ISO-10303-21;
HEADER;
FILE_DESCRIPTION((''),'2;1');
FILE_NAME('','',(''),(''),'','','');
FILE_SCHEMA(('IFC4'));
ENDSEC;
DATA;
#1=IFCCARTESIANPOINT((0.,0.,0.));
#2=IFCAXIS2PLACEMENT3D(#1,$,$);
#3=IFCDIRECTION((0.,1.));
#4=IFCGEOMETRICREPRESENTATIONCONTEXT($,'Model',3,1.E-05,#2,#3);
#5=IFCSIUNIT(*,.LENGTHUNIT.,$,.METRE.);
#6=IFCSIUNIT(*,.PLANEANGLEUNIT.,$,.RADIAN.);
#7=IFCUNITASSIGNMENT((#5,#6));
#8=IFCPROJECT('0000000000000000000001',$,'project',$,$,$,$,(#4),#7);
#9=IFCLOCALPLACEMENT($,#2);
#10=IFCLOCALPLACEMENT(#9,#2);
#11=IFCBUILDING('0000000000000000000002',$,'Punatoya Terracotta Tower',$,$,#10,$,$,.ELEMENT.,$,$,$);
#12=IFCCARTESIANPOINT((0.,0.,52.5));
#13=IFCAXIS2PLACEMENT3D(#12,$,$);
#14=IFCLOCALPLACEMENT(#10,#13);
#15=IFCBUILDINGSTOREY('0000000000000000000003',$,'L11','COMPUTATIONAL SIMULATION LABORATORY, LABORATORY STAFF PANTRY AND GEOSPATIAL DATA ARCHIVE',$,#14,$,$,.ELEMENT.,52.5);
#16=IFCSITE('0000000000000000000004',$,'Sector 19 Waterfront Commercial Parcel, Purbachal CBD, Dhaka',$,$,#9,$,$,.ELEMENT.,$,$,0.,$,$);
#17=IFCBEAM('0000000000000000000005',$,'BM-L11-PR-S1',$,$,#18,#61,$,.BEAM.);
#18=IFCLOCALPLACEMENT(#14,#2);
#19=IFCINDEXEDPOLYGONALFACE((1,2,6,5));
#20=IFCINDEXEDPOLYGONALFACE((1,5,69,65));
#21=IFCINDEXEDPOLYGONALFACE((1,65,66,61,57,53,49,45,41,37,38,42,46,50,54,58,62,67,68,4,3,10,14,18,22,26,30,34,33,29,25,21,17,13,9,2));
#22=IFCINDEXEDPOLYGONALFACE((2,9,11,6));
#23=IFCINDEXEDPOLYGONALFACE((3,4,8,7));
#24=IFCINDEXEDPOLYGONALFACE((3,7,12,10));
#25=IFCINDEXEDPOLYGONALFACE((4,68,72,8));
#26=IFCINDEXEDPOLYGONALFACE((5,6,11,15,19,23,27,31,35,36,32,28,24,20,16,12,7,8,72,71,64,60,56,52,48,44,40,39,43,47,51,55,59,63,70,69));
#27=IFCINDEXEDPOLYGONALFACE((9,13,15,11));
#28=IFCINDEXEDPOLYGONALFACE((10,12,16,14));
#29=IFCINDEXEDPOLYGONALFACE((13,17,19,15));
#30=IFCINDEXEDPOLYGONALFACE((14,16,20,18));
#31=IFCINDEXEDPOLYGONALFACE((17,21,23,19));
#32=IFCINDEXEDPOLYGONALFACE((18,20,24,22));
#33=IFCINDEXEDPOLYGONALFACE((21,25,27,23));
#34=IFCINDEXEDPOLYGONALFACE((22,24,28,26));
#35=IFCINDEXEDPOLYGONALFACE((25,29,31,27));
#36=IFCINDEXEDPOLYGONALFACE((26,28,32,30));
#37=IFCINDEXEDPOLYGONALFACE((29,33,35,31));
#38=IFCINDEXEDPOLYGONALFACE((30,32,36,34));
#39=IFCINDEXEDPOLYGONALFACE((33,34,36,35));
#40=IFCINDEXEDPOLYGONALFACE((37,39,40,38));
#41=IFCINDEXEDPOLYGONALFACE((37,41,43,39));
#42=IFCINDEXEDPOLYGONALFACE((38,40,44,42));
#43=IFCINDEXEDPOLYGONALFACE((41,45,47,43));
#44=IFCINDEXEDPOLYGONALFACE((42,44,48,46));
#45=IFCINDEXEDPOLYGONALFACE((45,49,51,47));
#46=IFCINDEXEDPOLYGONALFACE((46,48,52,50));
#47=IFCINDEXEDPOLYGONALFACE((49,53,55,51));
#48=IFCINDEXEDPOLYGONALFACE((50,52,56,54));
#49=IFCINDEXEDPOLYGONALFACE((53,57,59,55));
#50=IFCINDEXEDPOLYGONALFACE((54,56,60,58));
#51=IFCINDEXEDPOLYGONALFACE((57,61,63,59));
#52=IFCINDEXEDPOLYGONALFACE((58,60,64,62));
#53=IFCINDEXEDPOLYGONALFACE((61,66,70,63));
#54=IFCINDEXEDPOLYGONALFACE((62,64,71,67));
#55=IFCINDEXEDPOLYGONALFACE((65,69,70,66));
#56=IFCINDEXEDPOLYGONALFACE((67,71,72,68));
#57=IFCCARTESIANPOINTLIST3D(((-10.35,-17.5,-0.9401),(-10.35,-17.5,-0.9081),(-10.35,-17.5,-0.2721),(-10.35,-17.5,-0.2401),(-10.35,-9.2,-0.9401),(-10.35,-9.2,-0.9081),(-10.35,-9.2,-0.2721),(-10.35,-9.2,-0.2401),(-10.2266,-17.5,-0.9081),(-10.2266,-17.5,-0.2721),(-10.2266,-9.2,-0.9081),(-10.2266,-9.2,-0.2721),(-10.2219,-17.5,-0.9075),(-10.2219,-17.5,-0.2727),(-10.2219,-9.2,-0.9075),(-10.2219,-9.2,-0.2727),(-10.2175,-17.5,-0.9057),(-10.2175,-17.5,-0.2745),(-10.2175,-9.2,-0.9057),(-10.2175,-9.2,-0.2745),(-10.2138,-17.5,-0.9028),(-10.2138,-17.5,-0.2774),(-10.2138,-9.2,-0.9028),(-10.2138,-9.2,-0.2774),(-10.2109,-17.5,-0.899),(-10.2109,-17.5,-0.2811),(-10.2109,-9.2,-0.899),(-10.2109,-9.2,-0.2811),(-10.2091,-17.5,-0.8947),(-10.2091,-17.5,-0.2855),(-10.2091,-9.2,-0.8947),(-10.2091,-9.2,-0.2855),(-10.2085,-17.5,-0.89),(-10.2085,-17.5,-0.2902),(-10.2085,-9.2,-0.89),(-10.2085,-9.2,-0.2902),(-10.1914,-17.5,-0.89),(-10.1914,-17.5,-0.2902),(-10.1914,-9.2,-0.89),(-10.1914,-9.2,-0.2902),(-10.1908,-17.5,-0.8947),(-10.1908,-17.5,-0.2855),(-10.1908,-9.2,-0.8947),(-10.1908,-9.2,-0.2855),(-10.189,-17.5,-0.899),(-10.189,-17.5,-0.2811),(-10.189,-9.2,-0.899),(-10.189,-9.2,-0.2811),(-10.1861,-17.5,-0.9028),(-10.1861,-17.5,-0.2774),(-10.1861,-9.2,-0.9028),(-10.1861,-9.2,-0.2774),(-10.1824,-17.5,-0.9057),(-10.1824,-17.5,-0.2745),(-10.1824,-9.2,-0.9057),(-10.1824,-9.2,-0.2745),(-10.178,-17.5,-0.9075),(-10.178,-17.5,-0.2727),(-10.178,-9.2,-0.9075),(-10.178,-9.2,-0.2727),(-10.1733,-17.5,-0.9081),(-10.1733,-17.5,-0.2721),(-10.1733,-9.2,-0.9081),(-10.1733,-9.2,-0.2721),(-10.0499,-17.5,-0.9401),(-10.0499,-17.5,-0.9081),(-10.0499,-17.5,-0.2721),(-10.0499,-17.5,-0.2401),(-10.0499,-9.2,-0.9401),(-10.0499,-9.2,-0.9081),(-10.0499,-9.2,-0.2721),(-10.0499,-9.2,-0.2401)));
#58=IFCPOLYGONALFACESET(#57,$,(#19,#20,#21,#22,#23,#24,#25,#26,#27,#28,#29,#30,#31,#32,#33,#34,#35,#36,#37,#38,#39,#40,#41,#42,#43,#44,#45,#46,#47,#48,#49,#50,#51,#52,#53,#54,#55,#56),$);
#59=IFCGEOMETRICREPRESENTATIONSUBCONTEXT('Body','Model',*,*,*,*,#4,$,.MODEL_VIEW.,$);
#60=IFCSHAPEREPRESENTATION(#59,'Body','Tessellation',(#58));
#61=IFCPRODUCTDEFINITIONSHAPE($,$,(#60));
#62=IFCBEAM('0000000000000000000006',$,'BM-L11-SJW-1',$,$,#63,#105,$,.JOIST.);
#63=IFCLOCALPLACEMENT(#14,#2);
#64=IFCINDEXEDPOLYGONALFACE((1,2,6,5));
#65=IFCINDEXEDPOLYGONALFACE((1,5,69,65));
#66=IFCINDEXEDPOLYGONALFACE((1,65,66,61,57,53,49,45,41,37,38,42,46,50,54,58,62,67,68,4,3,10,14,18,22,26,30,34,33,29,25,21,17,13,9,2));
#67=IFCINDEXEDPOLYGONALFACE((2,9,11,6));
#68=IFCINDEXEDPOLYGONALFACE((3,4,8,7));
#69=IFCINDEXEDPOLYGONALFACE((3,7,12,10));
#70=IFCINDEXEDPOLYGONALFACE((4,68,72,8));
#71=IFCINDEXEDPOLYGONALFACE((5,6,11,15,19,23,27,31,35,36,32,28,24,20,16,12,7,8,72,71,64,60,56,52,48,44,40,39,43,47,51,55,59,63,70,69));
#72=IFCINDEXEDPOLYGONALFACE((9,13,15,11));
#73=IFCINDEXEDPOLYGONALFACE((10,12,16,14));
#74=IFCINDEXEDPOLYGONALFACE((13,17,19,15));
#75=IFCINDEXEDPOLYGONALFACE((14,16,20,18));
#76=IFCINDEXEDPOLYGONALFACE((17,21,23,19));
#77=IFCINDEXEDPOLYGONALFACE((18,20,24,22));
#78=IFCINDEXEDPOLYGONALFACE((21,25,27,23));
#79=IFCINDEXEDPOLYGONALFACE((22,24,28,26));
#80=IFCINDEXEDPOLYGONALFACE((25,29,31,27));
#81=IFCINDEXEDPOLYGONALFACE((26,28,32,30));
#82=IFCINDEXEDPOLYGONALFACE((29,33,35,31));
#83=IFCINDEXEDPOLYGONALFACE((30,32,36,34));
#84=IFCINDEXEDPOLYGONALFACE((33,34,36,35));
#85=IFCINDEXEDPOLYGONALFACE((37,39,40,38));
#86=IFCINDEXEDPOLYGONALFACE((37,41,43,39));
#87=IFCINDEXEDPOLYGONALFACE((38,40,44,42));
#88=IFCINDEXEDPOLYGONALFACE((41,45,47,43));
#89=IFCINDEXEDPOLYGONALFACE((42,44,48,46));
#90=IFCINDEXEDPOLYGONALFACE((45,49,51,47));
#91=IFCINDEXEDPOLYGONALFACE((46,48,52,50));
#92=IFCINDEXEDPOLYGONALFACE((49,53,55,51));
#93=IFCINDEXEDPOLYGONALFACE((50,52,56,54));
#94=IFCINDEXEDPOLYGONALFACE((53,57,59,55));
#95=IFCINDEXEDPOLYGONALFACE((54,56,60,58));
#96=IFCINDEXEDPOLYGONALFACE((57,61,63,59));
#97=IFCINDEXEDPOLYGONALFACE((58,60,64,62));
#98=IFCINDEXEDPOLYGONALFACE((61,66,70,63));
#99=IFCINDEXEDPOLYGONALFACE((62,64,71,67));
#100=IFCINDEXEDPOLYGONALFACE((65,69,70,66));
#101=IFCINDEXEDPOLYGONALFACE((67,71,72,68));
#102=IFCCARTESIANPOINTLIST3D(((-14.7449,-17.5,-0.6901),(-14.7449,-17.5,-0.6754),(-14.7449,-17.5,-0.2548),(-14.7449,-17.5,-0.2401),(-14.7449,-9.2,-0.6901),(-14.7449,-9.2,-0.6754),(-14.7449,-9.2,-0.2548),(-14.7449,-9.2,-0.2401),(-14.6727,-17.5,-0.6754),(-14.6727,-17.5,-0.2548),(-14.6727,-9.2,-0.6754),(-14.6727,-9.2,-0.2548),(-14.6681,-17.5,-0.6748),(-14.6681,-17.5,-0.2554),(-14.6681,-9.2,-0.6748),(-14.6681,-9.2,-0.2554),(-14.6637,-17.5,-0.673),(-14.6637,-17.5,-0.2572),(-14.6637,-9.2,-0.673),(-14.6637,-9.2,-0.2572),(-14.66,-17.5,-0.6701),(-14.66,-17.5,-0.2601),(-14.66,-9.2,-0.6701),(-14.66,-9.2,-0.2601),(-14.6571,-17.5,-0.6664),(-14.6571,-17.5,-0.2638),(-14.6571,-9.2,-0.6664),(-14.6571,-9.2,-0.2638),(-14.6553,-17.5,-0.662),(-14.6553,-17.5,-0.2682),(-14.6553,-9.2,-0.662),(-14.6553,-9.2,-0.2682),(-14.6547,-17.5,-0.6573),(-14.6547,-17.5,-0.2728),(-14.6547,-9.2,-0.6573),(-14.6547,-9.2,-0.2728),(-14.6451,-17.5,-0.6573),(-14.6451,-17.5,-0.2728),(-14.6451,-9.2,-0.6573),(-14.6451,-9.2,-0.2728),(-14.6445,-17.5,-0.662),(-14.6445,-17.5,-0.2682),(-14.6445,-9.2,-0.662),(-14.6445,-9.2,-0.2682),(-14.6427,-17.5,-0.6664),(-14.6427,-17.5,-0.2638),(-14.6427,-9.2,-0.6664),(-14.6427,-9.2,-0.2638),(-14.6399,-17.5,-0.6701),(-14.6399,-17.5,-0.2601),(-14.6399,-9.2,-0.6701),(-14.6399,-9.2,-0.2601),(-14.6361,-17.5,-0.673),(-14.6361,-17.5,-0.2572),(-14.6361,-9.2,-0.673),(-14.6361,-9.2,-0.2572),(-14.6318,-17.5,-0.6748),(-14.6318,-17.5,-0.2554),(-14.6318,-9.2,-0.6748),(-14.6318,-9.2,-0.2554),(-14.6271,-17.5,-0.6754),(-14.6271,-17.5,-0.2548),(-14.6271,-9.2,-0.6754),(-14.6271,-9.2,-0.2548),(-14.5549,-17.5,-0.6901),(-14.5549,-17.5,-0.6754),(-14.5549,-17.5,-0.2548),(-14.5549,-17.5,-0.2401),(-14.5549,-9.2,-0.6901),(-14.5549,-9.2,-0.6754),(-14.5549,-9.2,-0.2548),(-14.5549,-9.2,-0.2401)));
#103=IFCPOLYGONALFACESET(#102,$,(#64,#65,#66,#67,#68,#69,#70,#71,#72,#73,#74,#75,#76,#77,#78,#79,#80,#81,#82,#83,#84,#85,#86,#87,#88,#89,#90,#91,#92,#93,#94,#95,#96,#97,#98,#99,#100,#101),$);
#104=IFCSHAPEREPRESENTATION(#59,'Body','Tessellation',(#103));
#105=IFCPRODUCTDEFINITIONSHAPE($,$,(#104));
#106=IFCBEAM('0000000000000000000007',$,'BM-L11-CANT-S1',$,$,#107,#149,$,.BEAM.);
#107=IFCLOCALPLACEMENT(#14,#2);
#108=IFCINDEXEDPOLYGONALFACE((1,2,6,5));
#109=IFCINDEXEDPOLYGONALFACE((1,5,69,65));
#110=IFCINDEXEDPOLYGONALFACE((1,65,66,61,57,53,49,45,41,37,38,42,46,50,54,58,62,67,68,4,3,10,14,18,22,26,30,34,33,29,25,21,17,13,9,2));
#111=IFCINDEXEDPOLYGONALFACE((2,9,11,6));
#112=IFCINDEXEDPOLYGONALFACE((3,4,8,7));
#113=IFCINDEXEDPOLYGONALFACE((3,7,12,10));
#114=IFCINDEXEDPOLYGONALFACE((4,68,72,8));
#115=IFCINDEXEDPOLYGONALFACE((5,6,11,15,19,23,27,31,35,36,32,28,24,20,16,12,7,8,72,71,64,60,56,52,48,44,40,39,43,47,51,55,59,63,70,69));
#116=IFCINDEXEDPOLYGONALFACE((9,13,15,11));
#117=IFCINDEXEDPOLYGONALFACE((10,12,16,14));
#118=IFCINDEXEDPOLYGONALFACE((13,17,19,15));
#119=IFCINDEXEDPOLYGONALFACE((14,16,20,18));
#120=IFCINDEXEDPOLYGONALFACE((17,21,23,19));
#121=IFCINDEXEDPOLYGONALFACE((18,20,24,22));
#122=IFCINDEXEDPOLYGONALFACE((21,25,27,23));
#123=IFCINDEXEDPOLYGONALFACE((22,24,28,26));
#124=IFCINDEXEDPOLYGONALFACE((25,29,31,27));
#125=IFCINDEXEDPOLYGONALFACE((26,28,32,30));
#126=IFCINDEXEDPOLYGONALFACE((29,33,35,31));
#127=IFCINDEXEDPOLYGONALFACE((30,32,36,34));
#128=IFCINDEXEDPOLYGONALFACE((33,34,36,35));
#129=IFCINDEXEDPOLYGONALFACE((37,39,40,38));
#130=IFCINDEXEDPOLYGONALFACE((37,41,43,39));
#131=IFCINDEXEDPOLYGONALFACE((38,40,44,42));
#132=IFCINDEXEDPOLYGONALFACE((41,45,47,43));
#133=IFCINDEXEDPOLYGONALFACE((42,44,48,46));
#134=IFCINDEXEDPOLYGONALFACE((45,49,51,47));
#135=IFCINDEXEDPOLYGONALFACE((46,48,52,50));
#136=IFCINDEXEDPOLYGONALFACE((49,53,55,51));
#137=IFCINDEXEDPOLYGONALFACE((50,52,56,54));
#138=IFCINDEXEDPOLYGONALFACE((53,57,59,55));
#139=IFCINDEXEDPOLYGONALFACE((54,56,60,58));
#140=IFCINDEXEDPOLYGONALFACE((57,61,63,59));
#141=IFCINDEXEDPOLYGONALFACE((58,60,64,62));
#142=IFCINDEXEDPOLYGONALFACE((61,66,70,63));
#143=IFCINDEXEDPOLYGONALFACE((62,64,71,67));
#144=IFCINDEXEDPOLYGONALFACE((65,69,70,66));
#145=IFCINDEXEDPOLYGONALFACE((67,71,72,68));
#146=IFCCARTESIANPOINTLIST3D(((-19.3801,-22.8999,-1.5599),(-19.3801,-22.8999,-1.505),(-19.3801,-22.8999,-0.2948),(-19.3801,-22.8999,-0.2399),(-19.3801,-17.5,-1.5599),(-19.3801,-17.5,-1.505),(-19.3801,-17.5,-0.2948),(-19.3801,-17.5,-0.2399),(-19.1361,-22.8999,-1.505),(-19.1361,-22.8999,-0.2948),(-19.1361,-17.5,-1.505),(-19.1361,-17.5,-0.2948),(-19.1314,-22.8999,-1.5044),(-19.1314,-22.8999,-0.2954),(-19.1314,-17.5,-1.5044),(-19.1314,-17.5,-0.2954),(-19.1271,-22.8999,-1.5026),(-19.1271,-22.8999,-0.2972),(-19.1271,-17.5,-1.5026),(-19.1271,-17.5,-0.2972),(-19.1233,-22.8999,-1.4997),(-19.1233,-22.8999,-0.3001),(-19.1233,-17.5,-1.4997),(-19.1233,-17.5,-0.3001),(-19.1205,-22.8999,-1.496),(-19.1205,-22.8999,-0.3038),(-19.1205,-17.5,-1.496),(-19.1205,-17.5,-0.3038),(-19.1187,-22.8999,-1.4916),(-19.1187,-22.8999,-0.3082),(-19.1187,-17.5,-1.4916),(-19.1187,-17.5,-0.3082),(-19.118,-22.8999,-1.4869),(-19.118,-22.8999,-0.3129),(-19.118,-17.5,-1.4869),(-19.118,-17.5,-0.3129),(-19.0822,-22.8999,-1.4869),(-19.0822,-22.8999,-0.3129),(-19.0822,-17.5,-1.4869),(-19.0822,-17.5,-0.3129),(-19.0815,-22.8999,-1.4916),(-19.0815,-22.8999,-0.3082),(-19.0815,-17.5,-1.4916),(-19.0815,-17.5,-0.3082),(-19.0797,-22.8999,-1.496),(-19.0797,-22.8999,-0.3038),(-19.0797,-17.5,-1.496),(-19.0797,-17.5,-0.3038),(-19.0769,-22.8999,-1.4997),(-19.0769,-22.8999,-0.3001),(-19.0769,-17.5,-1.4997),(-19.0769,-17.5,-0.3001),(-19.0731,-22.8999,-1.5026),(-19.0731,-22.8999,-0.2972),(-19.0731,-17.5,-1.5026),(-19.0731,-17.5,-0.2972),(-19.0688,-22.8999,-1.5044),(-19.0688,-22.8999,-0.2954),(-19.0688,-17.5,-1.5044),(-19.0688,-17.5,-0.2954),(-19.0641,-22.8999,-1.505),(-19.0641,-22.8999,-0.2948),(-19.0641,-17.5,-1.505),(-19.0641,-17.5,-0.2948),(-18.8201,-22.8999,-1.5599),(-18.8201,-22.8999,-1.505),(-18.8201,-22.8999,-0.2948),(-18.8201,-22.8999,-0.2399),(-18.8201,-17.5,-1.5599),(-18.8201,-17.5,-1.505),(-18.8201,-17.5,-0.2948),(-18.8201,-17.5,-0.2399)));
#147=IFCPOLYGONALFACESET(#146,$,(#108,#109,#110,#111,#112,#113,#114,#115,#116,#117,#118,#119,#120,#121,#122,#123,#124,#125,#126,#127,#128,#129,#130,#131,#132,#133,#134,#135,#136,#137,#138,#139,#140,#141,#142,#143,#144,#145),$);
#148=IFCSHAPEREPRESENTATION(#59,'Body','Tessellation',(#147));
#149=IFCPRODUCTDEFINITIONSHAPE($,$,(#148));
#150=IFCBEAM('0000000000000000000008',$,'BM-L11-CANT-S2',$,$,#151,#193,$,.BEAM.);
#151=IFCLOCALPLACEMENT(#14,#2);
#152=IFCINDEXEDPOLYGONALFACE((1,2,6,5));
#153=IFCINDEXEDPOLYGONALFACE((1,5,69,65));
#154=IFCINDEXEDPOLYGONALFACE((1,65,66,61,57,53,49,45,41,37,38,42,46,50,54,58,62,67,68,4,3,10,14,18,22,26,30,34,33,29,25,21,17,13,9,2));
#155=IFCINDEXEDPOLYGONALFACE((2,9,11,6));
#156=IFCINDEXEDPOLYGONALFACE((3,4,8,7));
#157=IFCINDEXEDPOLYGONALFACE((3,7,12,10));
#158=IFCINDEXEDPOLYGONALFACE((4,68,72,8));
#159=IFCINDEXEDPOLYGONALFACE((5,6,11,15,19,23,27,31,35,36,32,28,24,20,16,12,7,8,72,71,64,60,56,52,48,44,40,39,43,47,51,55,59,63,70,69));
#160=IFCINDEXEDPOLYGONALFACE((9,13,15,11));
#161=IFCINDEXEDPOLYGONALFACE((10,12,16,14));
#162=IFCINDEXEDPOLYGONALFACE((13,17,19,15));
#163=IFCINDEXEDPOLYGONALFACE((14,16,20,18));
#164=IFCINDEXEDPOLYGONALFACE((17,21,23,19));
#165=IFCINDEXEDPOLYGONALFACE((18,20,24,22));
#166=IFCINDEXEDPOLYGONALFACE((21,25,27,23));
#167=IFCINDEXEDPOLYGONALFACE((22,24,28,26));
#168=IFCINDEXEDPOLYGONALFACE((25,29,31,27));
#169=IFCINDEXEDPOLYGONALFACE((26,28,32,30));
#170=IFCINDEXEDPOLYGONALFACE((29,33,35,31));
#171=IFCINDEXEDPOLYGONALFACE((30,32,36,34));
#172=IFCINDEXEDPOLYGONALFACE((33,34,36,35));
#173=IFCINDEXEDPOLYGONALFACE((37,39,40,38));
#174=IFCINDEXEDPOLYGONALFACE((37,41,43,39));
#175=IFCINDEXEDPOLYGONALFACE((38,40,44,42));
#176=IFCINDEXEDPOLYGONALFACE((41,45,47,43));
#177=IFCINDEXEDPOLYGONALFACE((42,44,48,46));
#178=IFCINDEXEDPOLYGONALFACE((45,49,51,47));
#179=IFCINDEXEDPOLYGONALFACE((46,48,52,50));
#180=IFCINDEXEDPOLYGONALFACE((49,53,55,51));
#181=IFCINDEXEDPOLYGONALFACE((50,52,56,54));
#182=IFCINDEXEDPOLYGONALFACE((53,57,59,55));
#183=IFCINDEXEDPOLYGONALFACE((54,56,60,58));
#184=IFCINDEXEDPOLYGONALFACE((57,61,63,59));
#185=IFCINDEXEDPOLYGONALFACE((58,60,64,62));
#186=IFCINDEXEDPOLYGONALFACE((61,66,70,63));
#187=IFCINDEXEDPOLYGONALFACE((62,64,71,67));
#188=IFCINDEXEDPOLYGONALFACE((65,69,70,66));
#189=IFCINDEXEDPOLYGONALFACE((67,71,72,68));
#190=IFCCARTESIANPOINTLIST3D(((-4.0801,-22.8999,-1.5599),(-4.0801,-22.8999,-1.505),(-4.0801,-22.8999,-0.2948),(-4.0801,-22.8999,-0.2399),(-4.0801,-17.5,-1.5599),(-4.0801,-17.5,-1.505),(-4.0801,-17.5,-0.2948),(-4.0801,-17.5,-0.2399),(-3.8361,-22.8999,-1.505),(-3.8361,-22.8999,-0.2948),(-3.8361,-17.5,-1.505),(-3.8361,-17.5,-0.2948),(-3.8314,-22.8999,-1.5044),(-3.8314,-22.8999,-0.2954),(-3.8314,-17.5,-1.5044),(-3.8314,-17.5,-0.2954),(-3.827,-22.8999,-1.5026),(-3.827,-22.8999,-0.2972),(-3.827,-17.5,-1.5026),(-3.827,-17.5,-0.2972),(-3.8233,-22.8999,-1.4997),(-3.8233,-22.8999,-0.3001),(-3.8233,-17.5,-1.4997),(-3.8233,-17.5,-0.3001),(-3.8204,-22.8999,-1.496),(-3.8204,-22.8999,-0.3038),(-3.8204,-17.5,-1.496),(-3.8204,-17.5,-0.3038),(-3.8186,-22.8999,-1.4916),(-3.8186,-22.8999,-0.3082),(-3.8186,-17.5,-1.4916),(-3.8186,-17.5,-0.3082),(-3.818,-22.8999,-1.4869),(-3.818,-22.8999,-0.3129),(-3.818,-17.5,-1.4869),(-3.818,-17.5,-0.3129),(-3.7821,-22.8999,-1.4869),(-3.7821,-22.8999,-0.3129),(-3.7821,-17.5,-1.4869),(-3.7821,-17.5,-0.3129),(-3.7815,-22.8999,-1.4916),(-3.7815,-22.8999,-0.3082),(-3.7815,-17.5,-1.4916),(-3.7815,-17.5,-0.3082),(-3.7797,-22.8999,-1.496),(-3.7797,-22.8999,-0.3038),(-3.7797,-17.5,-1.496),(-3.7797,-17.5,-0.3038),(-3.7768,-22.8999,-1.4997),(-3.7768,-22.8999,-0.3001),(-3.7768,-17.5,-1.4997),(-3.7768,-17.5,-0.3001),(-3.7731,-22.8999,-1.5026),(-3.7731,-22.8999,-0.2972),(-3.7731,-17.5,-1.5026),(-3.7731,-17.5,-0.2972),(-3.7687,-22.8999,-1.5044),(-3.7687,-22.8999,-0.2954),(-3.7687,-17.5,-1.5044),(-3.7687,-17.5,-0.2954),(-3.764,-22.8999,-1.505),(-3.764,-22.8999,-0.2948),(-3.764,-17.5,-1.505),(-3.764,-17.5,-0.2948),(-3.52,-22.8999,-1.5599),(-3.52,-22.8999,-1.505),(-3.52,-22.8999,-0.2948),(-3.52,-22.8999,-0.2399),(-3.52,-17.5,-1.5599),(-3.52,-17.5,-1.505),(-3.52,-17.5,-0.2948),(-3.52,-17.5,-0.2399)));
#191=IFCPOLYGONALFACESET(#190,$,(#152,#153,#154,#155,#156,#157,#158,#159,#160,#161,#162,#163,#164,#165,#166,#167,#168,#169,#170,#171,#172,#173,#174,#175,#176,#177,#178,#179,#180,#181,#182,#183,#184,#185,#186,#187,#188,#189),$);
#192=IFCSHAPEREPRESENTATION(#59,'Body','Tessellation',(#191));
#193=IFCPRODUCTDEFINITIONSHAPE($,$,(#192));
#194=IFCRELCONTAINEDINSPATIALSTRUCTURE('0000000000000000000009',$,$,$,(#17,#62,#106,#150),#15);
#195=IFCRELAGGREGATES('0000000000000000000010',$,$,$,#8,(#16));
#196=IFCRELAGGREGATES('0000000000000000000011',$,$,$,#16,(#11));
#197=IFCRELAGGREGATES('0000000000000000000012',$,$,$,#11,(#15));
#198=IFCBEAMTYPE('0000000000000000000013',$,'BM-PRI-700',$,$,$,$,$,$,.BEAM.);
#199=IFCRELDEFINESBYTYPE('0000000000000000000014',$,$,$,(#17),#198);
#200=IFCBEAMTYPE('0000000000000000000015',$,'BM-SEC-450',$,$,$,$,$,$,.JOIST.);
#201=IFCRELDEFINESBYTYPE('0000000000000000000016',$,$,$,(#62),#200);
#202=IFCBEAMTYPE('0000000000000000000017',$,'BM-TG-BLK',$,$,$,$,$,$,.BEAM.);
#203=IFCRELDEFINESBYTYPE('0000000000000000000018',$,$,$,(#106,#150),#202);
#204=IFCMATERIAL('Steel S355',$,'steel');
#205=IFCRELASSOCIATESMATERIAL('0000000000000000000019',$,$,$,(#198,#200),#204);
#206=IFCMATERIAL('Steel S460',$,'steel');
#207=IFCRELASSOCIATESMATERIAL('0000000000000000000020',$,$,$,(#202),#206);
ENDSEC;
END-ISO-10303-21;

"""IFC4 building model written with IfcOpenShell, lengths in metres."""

from ifc_helpers import new_model, si_unit, direction, frame, origin, origin_2d, place, context, subcontext, project, spatial, i_section, extrude, material, material_profile, profile_set, type_object, element, save


model = new_model("IFC4")

# Units and contexts
model_context = context("Model", 3, precision=1e-05, world=origin(), true_north=direction((0.0, 1.0)))
body_context = subcontext(model_context, "Body", "Model", "MODEL_VIEW")
ifc_project = project(units=[si_unit("LENGTHUNIT", "METRE"), si_unit("PLANEANGLEUNIT", "RADIAN")], contexts=[model_context])

# Site, building, storey
site_placement = place(None, origin())
site = spatial("IfcSite", under=ifc_project, at=site_placement, Name="Sector 19 Waterfront Commercial Parcel, Purbachal CBD, Dhaka", CompositionType="ELEMENT", RefElevation=0.0)
building_placement = place(site_placement, origin())
building = spatial("IfcBuilding", under=site, at=building_placement, Name="Punatoya Terracotta Tower", CompositionType="ELEMENT")
storey_placement = place(building_placement, frame((0.0, 0.0, 52.5)))
storey = spatial("IfcBuildingStorey", under=building, at=storey_placement, Name="L11", Description="COMPUTATIONAL SIMULATION LABORATORY, LABORATORY STAFF PANTRY AND GEOSPATIAL DATA ARCHIVE", CompositionType="ELEMENT", Elevation=52.5)

# Shared definitions
ifc_material_1 = material(Name="Steel S460", Category="steel")

# Beams
ifc_material_2 = material(Name="Steel S355", Category="steel")
ifc_material_profile_1 = material_profile(ifc_material_2, i_section(OverallWidth=0.3, OverallDepth=0.7, WebThickness=0.0171, FlangeThickness=0.032, FilletRadius=0.0181, at=origin_2d()))
ifc_profile_set_1 = profile_set([ifc_material_profile_1], Name="Steel S355")
beam_type_1 = type_object("IfcBeamType", Name="BM-PRI-700", PredefinedType="BEAM", material=ifc_profile_set_1)
beam_1_placement = place(storey_placement, frame((-10.2, -17.5, -0.5901), z_axis=(0.0, 1.0, 0.0), x_axis=(-1.0, 0.0, 0.0)))
element("IfcBeam", 1, at=beam_1_placement, inside=storey, type_object=beam_type_1, Name="BM-L11-PR-S1", PredefinedType="BEAM", context=body_context, shape_type="SweptSolid", body=[
    extrude(i_section(OverallWidth=0.3, OverallDepth=0.7, WebThickness=0.0171, FlangeThickness=0.032, FilletRadius=0.0181, at=origin_2d()), origin(), (0.0, 0.0, 1.0), 8.3),
])
ifc_material_profile_2 = material_profile(ifc_material_2, i_section(OverallWidth=0.1899, OverallDepth=0.45, WebThickness=0.0095, FlangeThickness=0.0146, FilletRadius=0.0181, at=origin_2d()))
ifc_profile_set_2 = profile_set([ifc_material_profile_2], Name="Steel S355")
beam_type_2 = type_object("IfcBeamType", Name="BM-SEC-450", PredefinedType="JOIST", material=ifc_profile_set_2)
beam_2_placement = place(storey_placement, frame((-14.6499, -17.5, -0.4651), z_axis=(0.0, 1.0, 0.0), x_axis=(-1.0, 0.0, 0.0)))
element("IfcBeam", 2, at=beam_2_placement, inside=storey, type_object=beam_type_2, Name="BM-L11-SJW-1", PredefinedType="JOIST", context=body_context, shape_type="SweptSolid", body=[
    extrude(i_section(OverallWidth=0.1899, OverallDepth=0.45, WebThickness=0.0095, FlangeThickness=0.0146, FilletRadius=0.0181, at=origin_2d()), origin(), (0.0, 0.0, 1.0), 8.3),
])
ifc_material_profile_3 = material_profile(ifc_material_1, i_section(OverallWidth=0.5601, OverallDepth=1.3201, WebThickness=0.0359, FlangeThickness=0.0549, FilletRadius=0.0181, at=origin_2d()))
ifc_profile_set_3 = profile_set([ifc_material_profile_3], Name="Steel S460")
beam_type_3 = type_object("IfcBeamType", Name="BM-TG-BLK", PredefinedType="BEAM", material=ifc_profile_set_3)
for number, where, z_axis, x_axis, name in (
    (3, (-19.1001, -22.8999, -0.8999), (0.0, 1.0, 0.0), (-1.0, 0.0, 0.0), "BM-L11-CANT-S1"),
    (4, (-3.8, -22.8999, -0.8999), (0.0, 1.0, 0.0), (-1.0, 0.0, 0.0), "BM-L11-CANT-S2"),
):
    element("IfcBeam", number, at=place(storey_placement, frame(where, z_axis=z_axis, x_axis=x_axis)), inside=storey, type_object=beam_type_3, Name=name, PredefinedType="BEAM", context=body_context, shape_type="SweptSolid", body=[
        extrude(i_section(OverallWidth=0.5601, OverallDepth=1.3201, WebThickness=0.0359, FlangeThickness=0.0549, FilletRadius=0.0181, at=origin_2d()), origin(), (0.0, 0.0, 1.0), 5.3999),
    ])

save(model, "model.ifc")
